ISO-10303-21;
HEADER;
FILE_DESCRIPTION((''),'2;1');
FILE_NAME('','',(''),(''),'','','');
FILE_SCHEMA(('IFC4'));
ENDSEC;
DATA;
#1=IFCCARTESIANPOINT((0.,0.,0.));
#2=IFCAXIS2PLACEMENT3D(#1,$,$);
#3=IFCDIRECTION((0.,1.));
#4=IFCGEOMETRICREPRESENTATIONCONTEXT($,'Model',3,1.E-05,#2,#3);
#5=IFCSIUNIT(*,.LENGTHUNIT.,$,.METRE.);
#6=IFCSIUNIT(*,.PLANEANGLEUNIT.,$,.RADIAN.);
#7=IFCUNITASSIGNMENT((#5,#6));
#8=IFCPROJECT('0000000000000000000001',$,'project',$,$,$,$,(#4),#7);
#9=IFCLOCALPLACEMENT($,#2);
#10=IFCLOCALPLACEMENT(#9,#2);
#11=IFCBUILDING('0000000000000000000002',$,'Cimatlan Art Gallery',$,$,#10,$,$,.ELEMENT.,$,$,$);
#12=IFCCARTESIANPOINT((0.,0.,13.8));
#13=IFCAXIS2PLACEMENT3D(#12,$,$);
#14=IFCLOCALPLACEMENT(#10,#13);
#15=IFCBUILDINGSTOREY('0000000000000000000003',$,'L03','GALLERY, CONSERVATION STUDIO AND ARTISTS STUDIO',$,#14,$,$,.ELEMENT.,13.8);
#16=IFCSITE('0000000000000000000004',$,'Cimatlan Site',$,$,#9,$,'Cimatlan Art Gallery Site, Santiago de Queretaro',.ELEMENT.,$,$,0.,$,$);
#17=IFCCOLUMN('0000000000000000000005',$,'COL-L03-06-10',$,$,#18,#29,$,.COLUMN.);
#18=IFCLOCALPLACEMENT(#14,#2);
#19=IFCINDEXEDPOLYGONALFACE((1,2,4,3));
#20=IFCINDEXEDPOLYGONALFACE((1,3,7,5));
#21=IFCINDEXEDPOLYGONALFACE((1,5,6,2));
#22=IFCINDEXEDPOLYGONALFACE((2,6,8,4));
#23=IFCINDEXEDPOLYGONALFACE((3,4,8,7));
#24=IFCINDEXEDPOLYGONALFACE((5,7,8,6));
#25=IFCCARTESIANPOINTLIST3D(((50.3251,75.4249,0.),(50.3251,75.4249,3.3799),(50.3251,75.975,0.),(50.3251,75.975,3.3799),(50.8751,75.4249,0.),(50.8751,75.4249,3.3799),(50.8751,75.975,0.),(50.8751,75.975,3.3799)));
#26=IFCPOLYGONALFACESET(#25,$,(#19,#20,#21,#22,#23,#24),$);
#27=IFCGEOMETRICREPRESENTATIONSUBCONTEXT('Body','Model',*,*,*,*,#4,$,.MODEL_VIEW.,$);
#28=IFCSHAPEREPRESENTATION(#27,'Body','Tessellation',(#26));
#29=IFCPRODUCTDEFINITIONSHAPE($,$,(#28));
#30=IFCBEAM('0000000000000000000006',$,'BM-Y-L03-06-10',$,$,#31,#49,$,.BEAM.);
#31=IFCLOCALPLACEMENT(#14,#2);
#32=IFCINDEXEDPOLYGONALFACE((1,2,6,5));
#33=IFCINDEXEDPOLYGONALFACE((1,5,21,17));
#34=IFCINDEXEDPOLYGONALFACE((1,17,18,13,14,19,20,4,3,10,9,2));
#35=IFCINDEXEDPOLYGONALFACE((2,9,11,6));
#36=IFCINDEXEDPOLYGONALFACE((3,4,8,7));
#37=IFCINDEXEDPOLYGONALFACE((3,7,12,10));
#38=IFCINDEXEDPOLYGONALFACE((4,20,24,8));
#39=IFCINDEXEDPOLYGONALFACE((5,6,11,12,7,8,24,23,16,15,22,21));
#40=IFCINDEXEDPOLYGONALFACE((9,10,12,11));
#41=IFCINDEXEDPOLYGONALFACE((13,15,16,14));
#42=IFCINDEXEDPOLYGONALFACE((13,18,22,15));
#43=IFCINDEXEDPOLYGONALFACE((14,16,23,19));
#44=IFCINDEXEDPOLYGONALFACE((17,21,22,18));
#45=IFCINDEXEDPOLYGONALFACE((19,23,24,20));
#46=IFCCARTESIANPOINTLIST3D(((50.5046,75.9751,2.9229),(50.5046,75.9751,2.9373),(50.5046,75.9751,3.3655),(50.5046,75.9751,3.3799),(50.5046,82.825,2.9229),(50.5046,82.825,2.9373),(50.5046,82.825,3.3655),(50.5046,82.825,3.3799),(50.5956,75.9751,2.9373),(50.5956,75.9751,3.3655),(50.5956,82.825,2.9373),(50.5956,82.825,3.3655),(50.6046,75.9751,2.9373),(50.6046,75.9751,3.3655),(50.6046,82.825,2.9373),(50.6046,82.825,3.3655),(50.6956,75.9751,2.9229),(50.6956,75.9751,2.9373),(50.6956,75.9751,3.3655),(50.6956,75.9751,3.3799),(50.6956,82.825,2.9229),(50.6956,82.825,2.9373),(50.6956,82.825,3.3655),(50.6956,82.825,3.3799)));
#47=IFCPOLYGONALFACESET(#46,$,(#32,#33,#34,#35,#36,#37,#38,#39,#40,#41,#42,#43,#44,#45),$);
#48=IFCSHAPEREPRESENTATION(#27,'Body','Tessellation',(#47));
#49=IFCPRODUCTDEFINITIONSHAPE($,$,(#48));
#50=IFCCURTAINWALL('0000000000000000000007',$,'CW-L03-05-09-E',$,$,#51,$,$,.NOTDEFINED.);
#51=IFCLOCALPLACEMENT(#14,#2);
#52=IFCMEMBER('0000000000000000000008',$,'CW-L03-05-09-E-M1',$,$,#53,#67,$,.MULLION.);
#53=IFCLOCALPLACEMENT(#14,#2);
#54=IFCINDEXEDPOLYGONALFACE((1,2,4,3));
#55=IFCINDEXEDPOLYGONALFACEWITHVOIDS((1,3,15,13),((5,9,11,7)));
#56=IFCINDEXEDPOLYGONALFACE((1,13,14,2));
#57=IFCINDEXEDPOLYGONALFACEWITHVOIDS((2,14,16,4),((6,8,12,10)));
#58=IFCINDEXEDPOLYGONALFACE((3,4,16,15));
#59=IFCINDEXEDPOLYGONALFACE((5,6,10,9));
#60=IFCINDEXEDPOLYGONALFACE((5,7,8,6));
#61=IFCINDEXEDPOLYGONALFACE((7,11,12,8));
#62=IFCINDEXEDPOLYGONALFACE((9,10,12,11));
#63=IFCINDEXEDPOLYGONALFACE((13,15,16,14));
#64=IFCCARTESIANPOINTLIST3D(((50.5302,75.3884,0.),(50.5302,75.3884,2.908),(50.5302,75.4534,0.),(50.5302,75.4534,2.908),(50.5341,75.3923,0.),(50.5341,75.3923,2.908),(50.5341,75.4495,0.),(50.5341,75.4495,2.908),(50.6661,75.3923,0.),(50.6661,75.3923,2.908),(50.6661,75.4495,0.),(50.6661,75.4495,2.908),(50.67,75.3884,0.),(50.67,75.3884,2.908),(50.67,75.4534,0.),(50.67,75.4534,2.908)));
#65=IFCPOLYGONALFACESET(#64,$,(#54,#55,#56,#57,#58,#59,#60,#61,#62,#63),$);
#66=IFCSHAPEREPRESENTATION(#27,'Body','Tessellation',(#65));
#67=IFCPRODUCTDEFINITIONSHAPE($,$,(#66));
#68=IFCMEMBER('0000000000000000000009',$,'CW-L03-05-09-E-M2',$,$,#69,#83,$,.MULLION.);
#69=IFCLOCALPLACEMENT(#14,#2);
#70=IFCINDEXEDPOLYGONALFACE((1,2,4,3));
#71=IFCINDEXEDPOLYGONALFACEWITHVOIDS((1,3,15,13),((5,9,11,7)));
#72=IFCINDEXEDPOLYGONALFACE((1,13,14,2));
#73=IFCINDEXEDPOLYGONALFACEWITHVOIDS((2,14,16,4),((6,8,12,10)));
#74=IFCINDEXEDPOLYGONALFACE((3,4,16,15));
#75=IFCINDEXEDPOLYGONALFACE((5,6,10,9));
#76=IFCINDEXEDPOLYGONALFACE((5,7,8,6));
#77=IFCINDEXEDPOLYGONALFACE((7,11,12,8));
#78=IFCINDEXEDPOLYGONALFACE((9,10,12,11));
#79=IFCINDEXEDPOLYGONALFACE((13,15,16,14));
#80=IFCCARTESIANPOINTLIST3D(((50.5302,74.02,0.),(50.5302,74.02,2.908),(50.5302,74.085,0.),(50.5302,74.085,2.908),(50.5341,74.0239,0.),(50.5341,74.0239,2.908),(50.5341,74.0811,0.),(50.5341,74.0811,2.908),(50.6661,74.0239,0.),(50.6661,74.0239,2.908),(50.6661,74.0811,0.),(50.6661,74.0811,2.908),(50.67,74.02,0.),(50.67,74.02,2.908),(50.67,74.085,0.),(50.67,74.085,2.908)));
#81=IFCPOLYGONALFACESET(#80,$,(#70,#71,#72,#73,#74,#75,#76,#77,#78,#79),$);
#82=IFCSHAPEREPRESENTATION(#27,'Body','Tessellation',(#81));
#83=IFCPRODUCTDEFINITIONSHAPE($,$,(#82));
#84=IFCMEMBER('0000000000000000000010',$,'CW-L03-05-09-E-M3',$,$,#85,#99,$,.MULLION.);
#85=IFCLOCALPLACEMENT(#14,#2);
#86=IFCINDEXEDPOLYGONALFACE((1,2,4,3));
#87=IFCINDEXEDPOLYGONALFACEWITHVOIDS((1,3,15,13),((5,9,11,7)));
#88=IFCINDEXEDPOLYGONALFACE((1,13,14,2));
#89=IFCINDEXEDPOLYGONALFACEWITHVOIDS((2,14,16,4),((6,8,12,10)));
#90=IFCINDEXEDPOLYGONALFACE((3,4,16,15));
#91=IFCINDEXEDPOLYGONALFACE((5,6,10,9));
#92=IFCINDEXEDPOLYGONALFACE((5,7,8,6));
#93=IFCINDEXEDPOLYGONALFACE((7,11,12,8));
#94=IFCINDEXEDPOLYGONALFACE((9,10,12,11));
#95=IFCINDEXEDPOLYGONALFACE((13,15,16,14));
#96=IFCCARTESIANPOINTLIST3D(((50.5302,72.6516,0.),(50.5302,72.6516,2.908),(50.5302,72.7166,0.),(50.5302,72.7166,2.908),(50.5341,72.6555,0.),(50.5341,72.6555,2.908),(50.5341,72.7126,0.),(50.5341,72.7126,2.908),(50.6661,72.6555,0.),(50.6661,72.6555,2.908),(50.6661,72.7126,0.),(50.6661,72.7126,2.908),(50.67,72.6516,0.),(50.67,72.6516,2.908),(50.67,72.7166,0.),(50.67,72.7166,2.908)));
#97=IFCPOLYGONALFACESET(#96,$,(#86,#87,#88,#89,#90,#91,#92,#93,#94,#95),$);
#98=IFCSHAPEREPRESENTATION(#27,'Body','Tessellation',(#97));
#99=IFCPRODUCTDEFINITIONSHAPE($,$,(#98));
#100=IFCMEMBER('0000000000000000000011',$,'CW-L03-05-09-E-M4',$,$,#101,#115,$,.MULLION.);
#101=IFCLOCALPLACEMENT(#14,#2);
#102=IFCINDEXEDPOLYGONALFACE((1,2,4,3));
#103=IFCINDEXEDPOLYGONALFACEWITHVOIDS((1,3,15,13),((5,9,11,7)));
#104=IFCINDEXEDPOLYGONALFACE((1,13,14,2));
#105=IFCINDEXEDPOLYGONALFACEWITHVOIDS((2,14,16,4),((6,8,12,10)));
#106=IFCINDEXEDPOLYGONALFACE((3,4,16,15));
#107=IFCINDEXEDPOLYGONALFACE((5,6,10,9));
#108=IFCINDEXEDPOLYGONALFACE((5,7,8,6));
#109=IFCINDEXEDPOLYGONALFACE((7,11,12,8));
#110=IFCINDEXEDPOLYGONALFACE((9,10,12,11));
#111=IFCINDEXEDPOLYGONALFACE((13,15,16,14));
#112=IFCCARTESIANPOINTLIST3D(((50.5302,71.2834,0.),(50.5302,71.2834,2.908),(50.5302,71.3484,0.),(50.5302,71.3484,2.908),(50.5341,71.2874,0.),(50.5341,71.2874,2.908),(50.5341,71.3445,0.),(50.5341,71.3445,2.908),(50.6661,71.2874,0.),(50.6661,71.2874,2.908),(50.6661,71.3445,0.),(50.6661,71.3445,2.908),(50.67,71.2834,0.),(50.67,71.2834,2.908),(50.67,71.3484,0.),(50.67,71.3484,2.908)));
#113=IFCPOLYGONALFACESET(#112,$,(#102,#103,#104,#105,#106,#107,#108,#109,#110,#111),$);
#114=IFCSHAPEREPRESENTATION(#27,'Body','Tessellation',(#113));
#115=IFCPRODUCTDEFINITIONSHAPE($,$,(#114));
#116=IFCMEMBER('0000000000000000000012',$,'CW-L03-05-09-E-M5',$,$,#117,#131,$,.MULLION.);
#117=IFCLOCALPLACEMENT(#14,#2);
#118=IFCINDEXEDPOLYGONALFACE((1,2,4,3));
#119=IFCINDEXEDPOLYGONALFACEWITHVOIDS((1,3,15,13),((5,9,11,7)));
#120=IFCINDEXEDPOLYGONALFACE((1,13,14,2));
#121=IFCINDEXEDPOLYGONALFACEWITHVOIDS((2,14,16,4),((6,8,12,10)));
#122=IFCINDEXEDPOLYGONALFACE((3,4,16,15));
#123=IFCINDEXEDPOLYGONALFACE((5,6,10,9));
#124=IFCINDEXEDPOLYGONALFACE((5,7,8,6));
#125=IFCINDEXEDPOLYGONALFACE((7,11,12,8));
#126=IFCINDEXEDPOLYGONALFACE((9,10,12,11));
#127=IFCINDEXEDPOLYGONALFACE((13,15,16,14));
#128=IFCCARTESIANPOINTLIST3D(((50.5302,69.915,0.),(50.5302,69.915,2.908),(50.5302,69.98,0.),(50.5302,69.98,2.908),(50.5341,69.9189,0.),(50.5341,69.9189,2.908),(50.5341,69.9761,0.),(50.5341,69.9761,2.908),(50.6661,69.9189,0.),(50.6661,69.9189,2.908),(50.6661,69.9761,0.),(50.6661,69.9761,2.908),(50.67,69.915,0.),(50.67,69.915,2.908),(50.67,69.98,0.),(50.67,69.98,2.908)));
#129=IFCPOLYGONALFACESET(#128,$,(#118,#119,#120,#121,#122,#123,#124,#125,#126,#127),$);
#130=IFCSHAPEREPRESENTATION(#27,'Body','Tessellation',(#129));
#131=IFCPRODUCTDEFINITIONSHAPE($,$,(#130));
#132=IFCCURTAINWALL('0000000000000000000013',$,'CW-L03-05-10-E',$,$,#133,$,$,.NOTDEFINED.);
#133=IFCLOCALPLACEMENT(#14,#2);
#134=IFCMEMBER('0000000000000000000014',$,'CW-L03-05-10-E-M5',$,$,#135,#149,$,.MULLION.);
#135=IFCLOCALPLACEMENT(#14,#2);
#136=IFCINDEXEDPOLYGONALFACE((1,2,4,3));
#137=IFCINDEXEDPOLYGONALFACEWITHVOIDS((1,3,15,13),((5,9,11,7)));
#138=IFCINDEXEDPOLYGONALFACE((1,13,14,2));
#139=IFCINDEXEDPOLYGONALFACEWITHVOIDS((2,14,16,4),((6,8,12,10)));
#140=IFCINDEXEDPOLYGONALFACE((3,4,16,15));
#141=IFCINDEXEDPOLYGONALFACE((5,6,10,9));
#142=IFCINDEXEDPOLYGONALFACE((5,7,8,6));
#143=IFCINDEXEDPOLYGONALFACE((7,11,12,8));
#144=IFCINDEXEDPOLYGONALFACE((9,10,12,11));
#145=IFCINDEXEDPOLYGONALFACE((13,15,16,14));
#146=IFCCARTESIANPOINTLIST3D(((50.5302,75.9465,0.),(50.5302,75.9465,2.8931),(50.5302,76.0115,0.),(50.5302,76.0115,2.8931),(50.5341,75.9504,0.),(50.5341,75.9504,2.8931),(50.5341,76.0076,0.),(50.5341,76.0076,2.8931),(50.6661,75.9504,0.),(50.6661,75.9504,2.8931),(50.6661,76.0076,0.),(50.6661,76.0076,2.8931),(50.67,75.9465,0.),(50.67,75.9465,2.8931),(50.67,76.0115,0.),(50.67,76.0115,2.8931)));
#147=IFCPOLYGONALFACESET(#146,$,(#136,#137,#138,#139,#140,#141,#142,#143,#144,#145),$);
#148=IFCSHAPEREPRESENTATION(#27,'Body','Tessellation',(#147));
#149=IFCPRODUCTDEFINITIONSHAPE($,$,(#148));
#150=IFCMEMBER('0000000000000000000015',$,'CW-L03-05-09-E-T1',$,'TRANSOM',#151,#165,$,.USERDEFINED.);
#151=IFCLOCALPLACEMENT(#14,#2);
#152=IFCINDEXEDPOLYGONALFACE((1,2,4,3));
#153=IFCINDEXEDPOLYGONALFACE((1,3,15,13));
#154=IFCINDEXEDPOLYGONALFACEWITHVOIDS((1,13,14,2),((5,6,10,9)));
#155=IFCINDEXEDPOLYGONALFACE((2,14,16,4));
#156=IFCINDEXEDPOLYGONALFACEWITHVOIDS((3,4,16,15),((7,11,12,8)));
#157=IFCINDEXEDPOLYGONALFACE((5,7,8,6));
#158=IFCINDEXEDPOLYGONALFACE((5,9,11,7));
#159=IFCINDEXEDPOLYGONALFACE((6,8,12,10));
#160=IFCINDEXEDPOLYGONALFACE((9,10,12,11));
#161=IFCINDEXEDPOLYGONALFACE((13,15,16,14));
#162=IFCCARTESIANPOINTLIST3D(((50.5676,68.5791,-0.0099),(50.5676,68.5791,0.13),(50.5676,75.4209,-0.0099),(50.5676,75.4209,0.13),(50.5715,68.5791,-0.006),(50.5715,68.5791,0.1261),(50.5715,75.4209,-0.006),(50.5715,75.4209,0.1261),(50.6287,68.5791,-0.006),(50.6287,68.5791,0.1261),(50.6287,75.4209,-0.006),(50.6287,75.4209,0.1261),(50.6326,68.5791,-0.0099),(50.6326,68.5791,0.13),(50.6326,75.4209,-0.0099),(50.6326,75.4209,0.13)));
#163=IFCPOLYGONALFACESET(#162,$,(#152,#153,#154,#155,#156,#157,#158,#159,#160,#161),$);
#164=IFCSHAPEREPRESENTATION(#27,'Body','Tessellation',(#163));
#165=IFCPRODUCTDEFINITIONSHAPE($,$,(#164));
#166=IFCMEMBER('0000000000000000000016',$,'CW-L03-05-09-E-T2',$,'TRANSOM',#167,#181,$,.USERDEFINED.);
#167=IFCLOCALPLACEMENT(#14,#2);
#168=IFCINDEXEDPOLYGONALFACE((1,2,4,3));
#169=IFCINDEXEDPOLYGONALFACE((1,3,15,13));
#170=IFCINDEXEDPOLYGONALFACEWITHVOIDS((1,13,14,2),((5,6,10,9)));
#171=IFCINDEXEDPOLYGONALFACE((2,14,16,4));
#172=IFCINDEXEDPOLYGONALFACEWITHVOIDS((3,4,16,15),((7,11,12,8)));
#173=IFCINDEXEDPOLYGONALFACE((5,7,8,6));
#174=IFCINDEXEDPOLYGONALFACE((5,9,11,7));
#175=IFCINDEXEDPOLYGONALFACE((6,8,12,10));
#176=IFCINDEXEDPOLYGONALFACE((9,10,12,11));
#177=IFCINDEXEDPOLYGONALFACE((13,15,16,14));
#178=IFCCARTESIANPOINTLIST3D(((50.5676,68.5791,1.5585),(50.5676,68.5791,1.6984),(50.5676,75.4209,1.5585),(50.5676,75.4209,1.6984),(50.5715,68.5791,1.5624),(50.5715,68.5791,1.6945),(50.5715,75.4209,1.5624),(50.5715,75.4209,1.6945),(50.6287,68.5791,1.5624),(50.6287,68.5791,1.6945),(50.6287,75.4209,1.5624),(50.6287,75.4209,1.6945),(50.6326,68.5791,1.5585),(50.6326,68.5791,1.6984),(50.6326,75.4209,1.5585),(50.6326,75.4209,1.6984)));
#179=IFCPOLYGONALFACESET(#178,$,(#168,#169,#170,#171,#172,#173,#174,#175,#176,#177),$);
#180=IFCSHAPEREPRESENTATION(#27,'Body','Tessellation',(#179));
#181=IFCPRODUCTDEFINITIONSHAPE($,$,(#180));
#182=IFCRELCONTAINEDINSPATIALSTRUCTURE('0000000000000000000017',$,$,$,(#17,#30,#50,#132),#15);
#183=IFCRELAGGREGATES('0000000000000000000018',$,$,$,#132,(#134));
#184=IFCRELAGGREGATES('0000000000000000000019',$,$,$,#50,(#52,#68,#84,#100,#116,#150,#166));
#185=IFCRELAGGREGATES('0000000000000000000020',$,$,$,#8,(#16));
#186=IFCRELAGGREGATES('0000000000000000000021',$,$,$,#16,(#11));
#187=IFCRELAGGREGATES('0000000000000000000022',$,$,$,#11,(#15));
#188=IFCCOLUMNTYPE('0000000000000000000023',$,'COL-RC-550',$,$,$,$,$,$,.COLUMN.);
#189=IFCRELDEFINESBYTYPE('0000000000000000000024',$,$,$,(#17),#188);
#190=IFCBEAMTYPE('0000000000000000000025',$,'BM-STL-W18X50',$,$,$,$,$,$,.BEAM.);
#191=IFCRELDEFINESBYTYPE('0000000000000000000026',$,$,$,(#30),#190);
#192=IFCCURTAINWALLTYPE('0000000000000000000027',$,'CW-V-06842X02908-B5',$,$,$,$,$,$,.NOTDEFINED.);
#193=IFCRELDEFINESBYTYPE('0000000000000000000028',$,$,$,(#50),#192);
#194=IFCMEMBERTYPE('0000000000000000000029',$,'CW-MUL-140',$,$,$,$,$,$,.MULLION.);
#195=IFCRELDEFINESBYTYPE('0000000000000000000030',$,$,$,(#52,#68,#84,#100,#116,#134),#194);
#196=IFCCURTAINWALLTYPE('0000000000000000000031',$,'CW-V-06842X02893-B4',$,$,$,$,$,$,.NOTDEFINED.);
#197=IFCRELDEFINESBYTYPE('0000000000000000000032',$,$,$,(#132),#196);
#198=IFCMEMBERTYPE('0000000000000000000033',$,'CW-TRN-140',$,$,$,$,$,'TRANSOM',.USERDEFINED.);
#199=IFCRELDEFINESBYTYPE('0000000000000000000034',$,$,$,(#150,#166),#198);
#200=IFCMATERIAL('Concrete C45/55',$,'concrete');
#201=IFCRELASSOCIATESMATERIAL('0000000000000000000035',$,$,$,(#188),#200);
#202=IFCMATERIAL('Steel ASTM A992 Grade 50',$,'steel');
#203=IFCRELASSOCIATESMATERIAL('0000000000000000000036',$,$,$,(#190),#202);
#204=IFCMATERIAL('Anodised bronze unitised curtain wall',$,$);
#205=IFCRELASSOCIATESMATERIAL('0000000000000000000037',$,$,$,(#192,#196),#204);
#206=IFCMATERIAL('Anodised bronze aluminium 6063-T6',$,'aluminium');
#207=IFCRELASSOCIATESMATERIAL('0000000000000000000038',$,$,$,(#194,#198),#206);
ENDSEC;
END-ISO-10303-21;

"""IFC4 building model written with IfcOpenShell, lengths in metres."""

from ifc_helpers import new_model, si_unit, direction, frame, origin, origin_2d, place, context, subcontext, project, spatial, rectangle, hollow_rectangle, i_section, extrude, material, material_profile, profile_set, type_object, element, aggregate, save


model = new_model("IFC4")

# Units and contexts
model_context = context("Model", 3, precision=1e-05, world=origin(), true_north=direction((0.0, 1.0)))
body_context = subcontext(model_context, "Body", "Model", "MODEL_VIEW")
ifc_project = project(units=[si_unit("LENGTHUNIT", "METRE"), si_unit("PLANEANGLEUNIT", "RADIAN")], contexts=[model_context])

# Site, building, storey
site_placement = place(None, origin())
site = spatial("IfcSite", under=ifc_project, at=site_placement, Name="Cimatlan Site", LongName="Cimatlan Art Gallery Site, Santiago de Queretaro", CompositionType="ELEMENT", RefElevation=0.0)
building_placement = place(site_placement, origin())
building = spatial("IfcBuilding", under=site, at=building_placement, Name="Cimatlan Art Gallery", CompositionType="ELEMENT")
storey_placement = place(building_placement, frame((0.0, 0.0, 13.8)))
storey = spatial("IfcBuildingStorey", under=building, at=storey_placement, Name="L03", Description="GALLERY, CONSERVATION STUDIO AND ARTISTS STUDIO", CompositionType="ELEMENT", Elevation=13.8)

# Column
ifc_material_1 = material(Name="Concrete C45/55", Category="concrete")
ifc_material_profile_1 = material_profile(ifc_material_1, rectangle(XDim=0.55, YDim=0.55, at=origin_2d()), Name="RC550X550")
ifc_profile_set_1 = profile_set([ifc_material_profile_1], Name="Concrete C45/55")
column_type = type_object("IfcColumnType", Name="COL-RC-550", PredefinedType="COLUMN", material=ifc_profile_set_1)
column_placement = place(storey_placement, frame((50.6001, 75.7, 0.0), z_axis=(0.0, 0.0, 1.0), x_axis=(1.0, 0.0, 0.0)))
element("IfcColumn", 1, at=column_placement, inside=storey, type_object=column_type, Name="COL-L03-06-10", PredefinedType="COLUMN", context=body_context, shape_type="SweptSolid", body=[
    extrude(rectangle(XDim=0.55, YDim=0.55, at=origin_2d()), origin(), (0.0, 0.0, 1.0), 3.3799),
])

# Beam
ifc_material_2 = material(Name="Steel ASTM A992 Grade 50", Category="steel")
ifc_material_profile_2 = material_profile(ifc_material_2, i_section(OverallWidth=0.1909, OverallDepth=0.457, WebThickness=0.009, FlangeThickness=0.0144, at=origin_2d()), Name="W18X50")
ifc_profile_set_2 = profile_set([ifc_material_profile_2], Name="Steel ASTM A992 Grade 50")
beam_type = type_object("IfcBeamType", Name="BM-STL-W18X50", PredefinedType="BEAM", material=ifc_profile_set_2)
beam_placement = place(storey_placement, frame((50.6001, 75.9751, 3.1514), z_axis=(0.0, 1.0, 0.0), x_axis=(-1.0, 0.0, 0.0)))
element("IfcBeam", 2, at=beam_placement, inside=storey, type_object=beam_type, Name="BM-Y-L03-06-10", PredefinedType="BEAM", context=body_context, shape_type="SweptSolid", body=[
    extrude(i_section(OverallWidth=0.1909, OverallDepth=0.457, WebThickness=0.009, FlangeThickness=0.0144, at=origin_2d()), origin(), (0.0, 0.0, 1.0), 6.8499),
])

# Curtain wall, members
ifc_material_3 = material(Name="Anodised bronze unitised curtain wall")
curtain_wall_type_1 = type_object("IfcCurtainWallType", Name="CW-V-06842X02908-B5", PredefinedType="NOTDEFINED", material=ifc_material_3)
curtain_wall_1_placement = place(storey_placement, origin())
curtain_wall_1 = element("IfcCurtainWall", 3, at=curtain_wall_1_placement, inside=storey, type_object=curtain_wall_type_1, Name="CW-L03-05-09-E", PredefinedType="NOTDEFINED")
ifc_material_4 = material(Name="Anodised bronze aluminium 6063-T6", Category="aluminium")
ifc_material_profile_3 = material_profile(ifc_material_4, hollow_rectangle(XDim=0.0649, YDim=0.1399, WallThickness=0.0039, at=origin_2d()), Name="ALU65X140X4")
ifc_profile_set_3 = profile_set([ifc_material_profile_3], Name="Anodised bronze aluminium 6063-T6")
member_type_1 = type_object("IfcMemberType", Name="CW-MUL-140", PredefinedType="MULLION", material=ifc_profile_set_3)
member_1_placement = place(storey_placement, frame((50.6001, 75.4209, 0.0), z_axis=(0.0, 0.0, 1.0), x_axis=(0.0, 1.0, 0.0)))
member_1 = element("IfcMember", 4, at=member_1_placement, type_object=member_type_1, Name="CW-L03-05-09-E-M1", PredefinedType="MULLION", context=body_context, shape_type="SweptSolid", body=[
    extrude(hollow_rectangle(XDim=0.0649, YDim=0.1399, WallThickness=0.0039, at=origin_2d()), origin(), (0.0, 0.0, 1.0), 2.908),
])
member_2_placement = place(storey_placement, frame((50.6001, 74.0525, 0.0), z_axis=(0.0, 0.0, 1.0), x_axis=(0.0, 1.0, 0.0)))
member_2 = element("IfcMember", 5, at=member_2_placement, type_object=member_type_1, Name="CW-L03-05-09-E-M2", PredefinedType="MULLION", context=body_context, shape_type="SweptSolid", body=[
    extrude(hollow_rectangle(XDim=0.0649, YDim=0.1399, WallThickness=0.0039, at=origin_2d()), origin(), (0.0, 0.0, 1.0), 2.908),
])
member_3_placement = place(storey_placement, frame((50.6001, 72.6841, 0.0), z_axis=(0.0, 0.0, 1.0), x_axis=(0.0, 1.0, 0.0)))
member_3 = element("IfcMember", 6, at=member_3_placement, type_object=member_type_1, Name="CW-L03-05-09-E-M3", PredefinedType="MULLION", context=body_context, shape_type="SweptSolid", body=[
    extrude(hollow_rectangle(XDim=0.0649, YDim=0.1399, WallThickness=0.0039, at=origin_2d()), origin(), (0.0, 0.0, 1.0), 2.908),
])
member_4_placement = place(storey_placement, frame((50.6001, 71.3159, 0.0), z_axis=(0.0, 0.0, 1.0), x_axis=(0.0, 1.0, 0.0)))
member_4 = element("IfcMember", 7, at=member_4_placement, type_object=member_type_1, Name="CW-L03-05-09-E-M4", PredefinedType="MULLION", context=body_context, shape_type="SweptSolid", body=[
    extrude(hollow_rectangle(XDim=0.0649, YDim=0.1399, WallThickness=0.0039, at=origin_2d()), origin(), (0.0, 0.0, 1.0), 2.908),
])
member_5_placement = place(storey_placement, frame((50.6001, 69.9475, 0.0), z_axis=(0.0, 0.0, 1.0), x_axis=(0.0, 1.0, 0.0)))
member_5 = element("IfcMember", 8, at=member_5_placement, type_object=member_type_1, Name="CW-L03-05-09-E-M5", PredefinedType="MULLION", context=body_context, shape_type="SweptSolid", body=[
    extrude(hollow_rectangle(XDim=0.0649, YDim=0.1399, WallThickness=0.0039, at=origin_2d()), origin(), (0.0, 0.0, 1.0), 2.908),
])

# Curtain wall, member
curtain_wall_type_2 = type_object("IfcCurtainWallType", Name="CW-V-06842X02893-B4", PredefinedType="NOTDEFINED", material=ifc_material_3)
curtain_wall_2_placement = place(storey_placement, origin())
curtain_wall_2 = element("IfcCurtainWall", 9, at=curtain_wall_2_placement, inside=storey, type_object=curtain_wall_type_2, Name="CW-L03-05-10-E", PredefinedType="NOTDEFINED")
member_6_placement = place(storey_placement, frame((50.6001, 75.979, 0.0), z_axis=(0.0, 0.0, 1.0), x_axis=(0.0, 1.0, 0.0)))
member_6 = element("IfcMember", 10, at=member_6_placement, type_object=member_type_1, Name="CW-L03-05-10-E-M5", PredefinedType="MULLION", context=body_context, shape_type="SweptSolid", body=[
    extrude(hollow_rectangle(XDim=0.0649, YDim=0.1399, WallThickness=0.0039, at=origin_2d()), origin(), (0.0, 0.0, 1.0), 2.8931),
])
aggregate(curtain_wall_2, [member_6])

# Members
ifc_material_profile_4 = material_profile(ifc_material_4, hollow_rectangle(XDim=0.0649, YDim=0.1399, WallThickness=0.0039, at=origin_2d()), Name="ALU65X140X4")
ifc_profile_set_4 = profile_set([ifc_material_profile_4], Name="Anodised bronze aluminium 6063-T6")
member_type_2 = type_object("IfcMemberType", Name="CW-TRN-140", ElementType="TRANSOM", PredefinedType="USERDEFINED", material=ifc_profile_set_4)
member_7_placement = place(storey_placement, frame((50.6001, 75.4209, 0.0601), z_axis=(0.0, -1.0, 0.0), x_axis=(1.0, 0.0, 0.0)))
member_7 = element("IfcMember", 11, at=member_7_placement, type_object=member_type_2, Name="CW-L03-05-09-E-T1", ObjectType="TRANSOM", PredefinedType="USERDEFINED", context=body_context, shape_type="SweptSolid", body=[
    extrude(hollow_rectangle(XDim=0.0649, YDim=0.1399, WallThickness=0.0039, at=origin_2d()), origin(), (0.0, 0.0, 1.0), 6.8418),
])
member_8_placement = place(storey_placement, frame((50.6001, 75.4209, 1.6284), z_axis=(0.0, -1.0, 0.0), x_axis=(1.0, 0.0, 0.0)))
member_8 = element("IfcMember", 12, at=member_8_placement, type_object=member_type_2, Name="CW-L03-05-09-E-T2", ObjectType="TRANSOM", PredefinedType="USERDEFINED", context=body_context, shape_type="SweptSolid", body=[
    extrude(hollow_rectangle(XDim=0.0649, YDim=0.1399, WallThickness=0.0039, at=origin_2d()), origin(), (0.0, 0.0, 1.0), 6.8418),
])

aggregate(curtain_wall_1, [member_1, member_2, member_3, member_4, member_5, member_7, member_8])

save(model, "model.ifc")
